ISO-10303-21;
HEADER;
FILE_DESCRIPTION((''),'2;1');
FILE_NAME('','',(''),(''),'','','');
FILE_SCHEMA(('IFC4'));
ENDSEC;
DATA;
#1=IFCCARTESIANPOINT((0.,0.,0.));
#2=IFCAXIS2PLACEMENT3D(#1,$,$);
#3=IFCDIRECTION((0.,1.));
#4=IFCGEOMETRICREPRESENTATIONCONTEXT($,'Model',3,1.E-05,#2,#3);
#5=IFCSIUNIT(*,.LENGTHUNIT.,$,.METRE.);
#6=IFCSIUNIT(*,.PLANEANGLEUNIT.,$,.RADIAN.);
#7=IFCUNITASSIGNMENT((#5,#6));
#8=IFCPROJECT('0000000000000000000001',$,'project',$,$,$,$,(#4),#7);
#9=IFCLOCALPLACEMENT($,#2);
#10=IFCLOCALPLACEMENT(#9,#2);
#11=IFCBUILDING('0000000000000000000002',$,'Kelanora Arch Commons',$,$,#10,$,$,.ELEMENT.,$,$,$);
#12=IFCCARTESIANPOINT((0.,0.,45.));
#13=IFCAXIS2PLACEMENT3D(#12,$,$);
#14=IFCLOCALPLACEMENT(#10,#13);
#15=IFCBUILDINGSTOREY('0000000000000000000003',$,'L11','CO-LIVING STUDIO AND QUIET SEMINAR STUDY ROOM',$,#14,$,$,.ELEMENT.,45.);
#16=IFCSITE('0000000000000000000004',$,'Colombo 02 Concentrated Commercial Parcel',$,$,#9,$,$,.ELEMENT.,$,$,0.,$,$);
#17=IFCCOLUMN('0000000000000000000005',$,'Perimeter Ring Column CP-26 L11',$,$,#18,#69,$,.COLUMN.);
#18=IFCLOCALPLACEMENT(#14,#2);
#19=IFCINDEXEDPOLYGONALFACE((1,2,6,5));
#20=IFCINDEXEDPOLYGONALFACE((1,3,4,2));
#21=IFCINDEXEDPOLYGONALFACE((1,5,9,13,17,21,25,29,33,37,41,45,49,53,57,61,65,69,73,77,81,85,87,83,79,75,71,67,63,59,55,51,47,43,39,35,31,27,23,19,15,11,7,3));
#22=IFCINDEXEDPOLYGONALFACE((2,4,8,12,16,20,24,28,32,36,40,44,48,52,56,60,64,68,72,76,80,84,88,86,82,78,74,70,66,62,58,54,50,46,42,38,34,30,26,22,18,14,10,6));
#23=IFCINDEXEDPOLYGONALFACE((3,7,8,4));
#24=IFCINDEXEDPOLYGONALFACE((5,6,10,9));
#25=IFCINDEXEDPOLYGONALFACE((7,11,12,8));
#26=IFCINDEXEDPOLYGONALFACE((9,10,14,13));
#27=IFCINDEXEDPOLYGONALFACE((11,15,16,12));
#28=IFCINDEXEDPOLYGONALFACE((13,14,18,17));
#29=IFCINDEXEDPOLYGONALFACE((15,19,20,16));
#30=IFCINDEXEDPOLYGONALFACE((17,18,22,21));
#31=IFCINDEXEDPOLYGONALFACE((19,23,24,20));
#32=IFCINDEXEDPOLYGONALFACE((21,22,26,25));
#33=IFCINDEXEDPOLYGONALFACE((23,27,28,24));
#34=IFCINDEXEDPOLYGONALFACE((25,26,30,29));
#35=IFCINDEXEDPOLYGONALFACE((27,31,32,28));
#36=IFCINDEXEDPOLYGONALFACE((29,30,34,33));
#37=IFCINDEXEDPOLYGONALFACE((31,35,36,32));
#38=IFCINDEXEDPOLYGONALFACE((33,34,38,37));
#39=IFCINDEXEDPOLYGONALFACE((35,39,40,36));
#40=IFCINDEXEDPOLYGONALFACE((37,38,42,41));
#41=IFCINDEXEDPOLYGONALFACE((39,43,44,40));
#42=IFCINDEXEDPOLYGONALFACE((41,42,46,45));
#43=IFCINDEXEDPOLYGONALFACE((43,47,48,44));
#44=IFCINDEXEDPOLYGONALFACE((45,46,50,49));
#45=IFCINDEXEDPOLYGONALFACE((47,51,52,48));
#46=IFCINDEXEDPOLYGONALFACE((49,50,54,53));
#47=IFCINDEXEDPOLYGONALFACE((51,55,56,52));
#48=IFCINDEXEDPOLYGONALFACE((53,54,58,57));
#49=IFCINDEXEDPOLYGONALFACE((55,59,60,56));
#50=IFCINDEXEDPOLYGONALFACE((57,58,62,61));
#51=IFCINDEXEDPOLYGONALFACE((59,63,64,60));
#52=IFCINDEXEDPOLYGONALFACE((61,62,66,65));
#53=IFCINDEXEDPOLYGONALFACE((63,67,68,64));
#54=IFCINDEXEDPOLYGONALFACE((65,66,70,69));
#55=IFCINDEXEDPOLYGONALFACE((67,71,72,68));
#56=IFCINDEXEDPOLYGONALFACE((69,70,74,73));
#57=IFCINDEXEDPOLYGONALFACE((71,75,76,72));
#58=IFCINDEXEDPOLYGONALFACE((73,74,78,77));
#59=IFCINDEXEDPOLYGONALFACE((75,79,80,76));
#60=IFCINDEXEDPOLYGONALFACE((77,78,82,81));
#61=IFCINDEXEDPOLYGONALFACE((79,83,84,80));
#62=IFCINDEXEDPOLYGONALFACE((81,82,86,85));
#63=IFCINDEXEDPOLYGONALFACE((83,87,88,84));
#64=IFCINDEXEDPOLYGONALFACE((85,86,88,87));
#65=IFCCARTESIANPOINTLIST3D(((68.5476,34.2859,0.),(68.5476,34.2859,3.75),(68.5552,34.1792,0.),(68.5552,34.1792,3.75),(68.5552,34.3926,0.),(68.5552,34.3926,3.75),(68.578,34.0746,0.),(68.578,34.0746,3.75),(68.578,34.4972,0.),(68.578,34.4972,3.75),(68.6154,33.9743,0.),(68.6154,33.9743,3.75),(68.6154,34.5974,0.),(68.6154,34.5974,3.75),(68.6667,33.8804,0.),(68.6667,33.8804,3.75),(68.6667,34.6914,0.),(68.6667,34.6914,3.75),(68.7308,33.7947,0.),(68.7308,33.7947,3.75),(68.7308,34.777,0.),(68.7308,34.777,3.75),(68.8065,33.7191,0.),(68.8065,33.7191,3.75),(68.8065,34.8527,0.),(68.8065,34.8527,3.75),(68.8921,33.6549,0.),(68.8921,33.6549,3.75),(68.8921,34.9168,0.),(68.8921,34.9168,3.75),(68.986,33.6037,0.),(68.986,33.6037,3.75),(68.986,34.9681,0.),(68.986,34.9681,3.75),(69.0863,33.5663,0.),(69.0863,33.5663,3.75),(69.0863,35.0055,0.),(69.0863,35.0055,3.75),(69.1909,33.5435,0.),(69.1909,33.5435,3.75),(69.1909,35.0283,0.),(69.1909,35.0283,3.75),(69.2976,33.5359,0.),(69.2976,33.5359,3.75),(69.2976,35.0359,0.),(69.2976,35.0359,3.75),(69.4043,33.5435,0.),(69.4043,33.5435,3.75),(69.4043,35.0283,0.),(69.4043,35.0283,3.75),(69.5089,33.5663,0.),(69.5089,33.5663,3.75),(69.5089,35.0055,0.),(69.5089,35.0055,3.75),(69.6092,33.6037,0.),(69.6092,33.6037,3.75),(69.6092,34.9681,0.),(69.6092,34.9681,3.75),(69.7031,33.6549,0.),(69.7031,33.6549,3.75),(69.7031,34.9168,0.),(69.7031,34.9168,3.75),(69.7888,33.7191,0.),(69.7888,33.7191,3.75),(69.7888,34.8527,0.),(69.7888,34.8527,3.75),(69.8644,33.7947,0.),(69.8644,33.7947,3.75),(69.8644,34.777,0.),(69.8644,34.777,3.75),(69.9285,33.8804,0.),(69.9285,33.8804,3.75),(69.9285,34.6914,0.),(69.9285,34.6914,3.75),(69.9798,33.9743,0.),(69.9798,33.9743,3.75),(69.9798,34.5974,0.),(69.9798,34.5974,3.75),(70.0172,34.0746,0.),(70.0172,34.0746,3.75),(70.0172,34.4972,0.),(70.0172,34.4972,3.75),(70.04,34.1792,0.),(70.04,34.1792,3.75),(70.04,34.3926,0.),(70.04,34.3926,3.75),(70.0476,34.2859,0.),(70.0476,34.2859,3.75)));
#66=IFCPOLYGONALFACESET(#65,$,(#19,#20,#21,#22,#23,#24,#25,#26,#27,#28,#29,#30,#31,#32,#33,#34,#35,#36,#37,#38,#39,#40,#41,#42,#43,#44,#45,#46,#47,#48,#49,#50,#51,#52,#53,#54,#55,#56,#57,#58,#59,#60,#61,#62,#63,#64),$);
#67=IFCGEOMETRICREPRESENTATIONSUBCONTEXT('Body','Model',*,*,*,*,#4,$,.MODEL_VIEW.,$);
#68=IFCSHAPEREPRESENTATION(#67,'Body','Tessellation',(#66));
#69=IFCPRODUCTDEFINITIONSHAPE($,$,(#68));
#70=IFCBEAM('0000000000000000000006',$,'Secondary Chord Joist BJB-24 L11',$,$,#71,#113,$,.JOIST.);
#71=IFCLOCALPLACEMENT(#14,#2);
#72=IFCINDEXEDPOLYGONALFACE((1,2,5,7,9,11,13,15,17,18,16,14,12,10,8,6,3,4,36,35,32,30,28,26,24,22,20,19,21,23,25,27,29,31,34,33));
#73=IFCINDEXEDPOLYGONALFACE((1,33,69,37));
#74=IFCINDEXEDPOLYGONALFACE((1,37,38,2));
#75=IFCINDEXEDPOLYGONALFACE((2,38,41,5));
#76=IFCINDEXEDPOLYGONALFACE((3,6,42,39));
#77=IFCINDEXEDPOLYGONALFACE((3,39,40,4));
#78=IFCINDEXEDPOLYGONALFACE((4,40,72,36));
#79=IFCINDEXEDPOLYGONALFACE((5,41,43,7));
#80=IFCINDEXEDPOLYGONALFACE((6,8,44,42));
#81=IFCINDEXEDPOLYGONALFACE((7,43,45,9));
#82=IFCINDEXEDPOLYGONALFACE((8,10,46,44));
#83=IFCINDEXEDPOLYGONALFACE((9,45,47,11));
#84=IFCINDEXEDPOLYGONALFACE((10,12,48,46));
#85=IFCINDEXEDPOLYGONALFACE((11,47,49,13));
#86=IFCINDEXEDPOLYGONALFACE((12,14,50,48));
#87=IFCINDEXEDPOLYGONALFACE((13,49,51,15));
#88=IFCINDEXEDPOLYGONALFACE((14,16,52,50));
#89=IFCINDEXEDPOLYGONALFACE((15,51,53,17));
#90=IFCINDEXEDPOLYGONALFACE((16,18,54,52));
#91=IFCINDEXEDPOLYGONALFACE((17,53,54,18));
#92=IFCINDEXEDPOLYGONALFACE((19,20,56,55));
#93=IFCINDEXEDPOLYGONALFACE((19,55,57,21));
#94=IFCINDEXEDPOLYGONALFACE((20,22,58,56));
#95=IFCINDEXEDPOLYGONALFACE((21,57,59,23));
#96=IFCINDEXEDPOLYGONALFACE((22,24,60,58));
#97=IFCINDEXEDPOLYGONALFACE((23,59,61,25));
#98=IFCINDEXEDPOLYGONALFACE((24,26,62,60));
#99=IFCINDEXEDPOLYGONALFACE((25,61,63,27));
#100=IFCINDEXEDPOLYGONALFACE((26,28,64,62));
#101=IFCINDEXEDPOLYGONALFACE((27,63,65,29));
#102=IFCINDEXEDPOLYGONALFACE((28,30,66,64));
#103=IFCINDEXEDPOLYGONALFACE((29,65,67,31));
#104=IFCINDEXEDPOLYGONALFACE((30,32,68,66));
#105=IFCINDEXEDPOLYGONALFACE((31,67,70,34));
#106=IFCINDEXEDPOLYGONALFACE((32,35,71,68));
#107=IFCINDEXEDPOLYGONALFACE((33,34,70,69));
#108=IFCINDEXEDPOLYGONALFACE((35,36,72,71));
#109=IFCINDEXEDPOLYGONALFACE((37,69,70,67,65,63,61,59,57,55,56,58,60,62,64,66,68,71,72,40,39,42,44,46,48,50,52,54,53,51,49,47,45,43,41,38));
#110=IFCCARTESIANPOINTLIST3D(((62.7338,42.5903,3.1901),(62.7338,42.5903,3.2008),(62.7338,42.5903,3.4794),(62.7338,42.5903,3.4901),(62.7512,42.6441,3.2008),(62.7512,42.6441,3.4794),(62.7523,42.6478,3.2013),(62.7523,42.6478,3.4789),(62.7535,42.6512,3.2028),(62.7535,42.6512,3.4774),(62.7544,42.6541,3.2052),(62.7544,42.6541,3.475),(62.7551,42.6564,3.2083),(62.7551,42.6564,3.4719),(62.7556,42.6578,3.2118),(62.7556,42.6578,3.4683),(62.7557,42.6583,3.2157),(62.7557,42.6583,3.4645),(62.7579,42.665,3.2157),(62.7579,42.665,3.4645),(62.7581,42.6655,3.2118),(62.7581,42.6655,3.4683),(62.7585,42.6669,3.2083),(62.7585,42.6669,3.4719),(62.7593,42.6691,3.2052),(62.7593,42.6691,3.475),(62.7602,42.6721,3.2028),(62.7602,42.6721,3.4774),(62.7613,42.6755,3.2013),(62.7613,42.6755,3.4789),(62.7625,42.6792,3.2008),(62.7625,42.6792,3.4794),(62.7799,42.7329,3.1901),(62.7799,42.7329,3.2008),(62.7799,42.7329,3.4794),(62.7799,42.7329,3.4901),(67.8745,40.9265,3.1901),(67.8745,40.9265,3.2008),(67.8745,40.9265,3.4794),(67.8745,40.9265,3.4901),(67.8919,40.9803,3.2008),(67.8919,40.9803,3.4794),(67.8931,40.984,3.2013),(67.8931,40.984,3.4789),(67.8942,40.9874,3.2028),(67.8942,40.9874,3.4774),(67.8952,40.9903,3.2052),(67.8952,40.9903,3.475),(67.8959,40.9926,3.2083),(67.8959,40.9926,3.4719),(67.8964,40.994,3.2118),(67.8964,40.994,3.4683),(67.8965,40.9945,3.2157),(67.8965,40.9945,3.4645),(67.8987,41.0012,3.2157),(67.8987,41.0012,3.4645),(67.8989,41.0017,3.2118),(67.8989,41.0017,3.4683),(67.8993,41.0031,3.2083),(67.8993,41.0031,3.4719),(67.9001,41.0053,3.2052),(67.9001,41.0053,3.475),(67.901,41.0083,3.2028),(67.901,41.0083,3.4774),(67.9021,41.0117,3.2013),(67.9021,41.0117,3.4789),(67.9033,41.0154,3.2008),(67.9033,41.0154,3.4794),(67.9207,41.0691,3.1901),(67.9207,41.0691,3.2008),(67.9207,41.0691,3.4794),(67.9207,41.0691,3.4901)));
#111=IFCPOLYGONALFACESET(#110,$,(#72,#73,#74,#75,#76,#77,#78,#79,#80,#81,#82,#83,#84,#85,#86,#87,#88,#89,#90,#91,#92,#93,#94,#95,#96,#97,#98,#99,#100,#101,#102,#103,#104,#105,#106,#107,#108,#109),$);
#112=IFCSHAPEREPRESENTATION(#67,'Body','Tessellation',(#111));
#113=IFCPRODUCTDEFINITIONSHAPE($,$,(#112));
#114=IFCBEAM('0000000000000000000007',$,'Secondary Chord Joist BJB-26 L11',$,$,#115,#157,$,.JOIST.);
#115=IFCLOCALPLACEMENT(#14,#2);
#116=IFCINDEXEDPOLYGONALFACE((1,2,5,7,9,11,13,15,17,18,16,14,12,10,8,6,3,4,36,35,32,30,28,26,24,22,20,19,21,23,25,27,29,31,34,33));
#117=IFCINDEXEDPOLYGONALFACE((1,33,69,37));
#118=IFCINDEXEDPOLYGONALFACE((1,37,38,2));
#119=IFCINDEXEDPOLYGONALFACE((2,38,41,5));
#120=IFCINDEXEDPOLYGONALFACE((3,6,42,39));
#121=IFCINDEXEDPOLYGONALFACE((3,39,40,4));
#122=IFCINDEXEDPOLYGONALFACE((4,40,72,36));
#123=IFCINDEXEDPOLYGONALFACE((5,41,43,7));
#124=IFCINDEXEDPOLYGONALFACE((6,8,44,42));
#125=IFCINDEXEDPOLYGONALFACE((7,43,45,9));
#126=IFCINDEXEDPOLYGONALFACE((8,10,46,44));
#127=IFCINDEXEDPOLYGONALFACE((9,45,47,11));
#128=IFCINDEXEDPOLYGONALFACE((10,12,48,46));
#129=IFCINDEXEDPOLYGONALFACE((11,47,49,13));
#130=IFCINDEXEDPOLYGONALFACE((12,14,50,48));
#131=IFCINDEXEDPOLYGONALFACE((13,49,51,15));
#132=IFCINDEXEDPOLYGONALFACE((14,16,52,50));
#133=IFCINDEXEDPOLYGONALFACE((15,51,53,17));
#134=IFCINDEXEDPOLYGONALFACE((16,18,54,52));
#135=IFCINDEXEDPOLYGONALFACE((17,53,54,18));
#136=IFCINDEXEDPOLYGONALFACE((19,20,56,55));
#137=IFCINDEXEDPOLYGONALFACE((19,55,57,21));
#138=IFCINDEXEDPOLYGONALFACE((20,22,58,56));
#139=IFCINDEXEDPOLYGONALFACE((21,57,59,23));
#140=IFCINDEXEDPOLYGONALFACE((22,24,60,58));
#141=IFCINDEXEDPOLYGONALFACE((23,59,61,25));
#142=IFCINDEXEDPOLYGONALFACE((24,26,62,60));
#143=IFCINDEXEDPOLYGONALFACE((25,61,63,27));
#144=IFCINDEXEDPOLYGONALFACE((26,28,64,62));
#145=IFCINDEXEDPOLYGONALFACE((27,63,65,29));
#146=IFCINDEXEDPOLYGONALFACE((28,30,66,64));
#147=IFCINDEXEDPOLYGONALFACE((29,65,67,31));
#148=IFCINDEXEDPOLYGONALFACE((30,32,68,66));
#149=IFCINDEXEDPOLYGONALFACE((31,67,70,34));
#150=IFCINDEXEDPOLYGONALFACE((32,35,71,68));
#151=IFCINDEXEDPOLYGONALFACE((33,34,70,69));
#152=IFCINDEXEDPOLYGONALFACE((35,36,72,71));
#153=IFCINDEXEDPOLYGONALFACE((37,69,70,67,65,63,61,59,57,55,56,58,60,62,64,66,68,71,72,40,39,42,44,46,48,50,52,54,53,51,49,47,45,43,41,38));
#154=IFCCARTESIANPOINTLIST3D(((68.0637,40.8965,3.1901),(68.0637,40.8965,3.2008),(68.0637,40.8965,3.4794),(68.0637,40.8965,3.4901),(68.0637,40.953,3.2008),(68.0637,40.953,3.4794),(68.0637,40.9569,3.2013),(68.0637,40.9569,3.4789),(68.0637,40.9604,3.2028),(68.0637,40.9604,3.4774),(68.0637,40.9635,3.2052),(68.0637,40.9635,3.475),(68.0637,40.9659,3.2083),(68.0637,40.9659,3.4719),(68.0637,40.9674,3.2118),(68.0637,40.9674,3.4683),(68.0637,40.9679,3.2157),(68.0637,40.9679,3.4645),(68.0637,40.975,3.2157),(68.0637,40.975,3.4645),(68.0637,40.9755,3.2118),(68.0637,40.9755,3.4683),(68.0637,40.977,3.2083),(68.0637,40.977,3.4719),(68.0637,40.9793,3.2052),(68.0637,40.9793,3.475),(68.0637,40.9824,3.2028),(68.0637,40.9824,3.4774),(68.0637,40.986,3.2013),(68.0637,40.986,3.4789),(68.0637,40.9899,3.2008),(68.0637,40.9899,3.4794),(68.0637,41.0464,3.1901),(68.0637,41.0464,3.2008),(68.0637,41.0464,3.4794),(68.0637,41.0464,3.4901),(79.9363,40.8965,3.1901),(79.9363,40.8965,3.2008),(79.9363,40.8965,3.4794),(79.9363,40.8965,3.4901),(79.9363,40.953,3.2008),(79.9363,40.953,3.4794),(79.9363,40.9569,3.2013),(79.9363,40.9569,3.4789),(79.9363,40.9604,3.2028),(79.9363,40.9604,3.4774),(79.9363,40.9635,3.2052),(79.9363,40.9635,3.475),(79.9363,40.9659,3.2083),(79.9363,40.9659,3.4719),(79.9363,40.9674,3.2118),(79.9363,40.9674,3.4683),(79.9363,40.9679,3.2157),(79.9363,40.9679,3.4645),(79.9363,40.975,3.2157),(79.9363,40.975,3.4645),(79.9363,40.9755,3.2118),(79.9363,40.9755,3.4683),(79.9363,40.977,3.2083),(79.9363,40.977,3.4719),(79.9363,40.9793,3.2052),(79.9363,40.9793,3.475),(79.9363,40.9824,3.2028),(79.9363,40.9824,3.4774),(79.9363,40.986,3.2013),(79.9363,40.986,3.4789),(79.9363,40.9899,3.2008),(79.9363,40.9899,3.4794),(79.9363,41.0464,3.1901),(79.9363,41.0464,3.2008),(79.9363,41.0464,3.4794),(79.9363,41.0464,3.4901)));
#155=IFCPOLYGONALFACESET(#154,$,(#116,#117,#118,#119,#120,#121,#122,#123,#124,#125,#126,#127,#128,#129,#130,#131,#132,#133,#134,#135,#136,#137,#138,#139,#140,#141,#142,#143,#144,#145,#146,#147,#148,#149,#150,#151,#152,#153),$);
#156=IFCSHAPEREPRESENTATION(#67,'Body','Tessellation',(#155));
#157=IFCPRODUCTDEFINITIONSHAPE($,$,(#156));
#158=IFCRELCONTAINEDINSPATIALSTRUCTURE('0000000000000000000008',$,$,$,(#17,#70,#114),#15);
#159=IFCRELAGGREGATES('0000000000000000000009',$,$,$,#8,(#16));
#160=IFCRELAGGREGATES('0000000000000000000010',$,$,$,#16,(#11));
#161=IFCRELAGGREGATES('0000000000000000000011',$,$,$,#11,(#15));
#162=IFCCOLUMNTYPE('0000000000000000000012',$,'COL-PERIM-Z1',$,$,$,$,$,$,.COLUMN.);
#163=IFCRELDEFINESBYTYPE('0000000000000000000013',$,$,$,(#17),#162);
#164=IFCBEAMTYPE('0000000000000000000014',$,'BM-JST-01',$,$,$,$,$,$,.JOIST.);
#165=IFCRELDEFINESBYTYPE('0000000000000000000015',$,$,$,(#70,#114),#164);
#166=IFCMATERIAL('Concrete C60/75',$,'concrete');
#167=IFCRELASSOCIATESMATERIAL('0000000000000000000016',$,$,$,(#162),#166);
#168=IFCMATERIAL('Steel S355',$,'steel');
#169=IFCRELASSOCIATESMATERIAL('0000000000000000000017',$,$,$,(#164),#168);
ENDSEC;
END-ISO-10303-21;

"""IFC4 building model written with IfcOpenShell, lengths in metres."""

from ifc_helpers import new_model, si_unit, direction, frame, origin, origin_2d, place, context, subcontext, project, spatial, circle, i_section, extrude, material, material_profile, profile_set, type_object, element, save


model = new_model("IFC4")

# Units and contexts
model_context = context("Model", 3, precision=1e-05, world=origin(), true_north=direction((0.0, 1.0)))
body_context = subcontext(model_context, "Body", "Model", "MODEL_VIEW")
ifc_project = project(units=[si_unit("LENGTHUNIT", "METRE"), si_unit("PLANEANGLEUNIT", "RADIAN")], contexts=[model_context])

# Site, building, storey
site_placement = place(None, origin())
site = spatial("IfcSite", under=ifc_project, at=site_placement, Name="Colombo 02 Concentrated Commercial Parcel", CompositionType="ELEMENT", RefElevation=0.0)
building_placement = place(site_placement, origin())
building = spatial("IfcBuilding", under=site, at=building_placement, Name="Kelanora Arch Commons", CompositionType="ELEMENT")
storey_placement = place(building_placement, frame((0.0, 0.0, 45.0)))
storey = spatial("IfcBuildingStorey", under=building, at=storey_placement, Name="L11", Description="CO-LIVING STUDIO AND QUIET SEMINAR STUDY ROOM", CompositionType="ELEMENT", Elevation=45.0)

# Column
ifc_material_1 = material(Name="Concrete C60/75", Category="concrete")
ifc_material_profile_1 = material_profile(ifc_material_1, circle(Radius=0.75, at=origin_2d()), Name="RCC1500")
ifc_profile_set_1 = profile_set([ifc_material_profile_1], Name="Concrete C60/75")
column_type = type_object("IfcColumnType", Name="COL-PERIM-Z1", PredefinedType="COLUMN", material=ifc_profile_set_1)
column_placement = place(storey_placement, frame((69.2976, 34.2859, 0.0), z_axis=(0.0, 0.0, 1.0), x_axis=(1.0, 0.0, 0.0)))
element("IfcColumn", 1, at=column_placement, inside=storey, type_object=column_type, Name="Perimeter Ring Column CP-26 L11", PredefinedType="COLUMN", context=body_context, shape_type="SweptSolid", body=[
    extrude(circle(Radius=0.75, at=origin_2d()), origin(), (0.0, 0.0, 1.0), 3.75),
])

# Beams
ifc_material_2 = material(Name="Steel S355", Category="steel")
ifc_material_profile_2 = material_profile(ifc_material_2, i_section(OverallWidth=0.1499, OverallDepth=0.3, WebThickness=0.0071, FlangeThickness=0.0107, FilletRadius=0.0149, at=origin_2d()), Name="IPE300")
ifc_profile_set_2 = profile_set([ifc_material_profile_2], Name="Steel S355")
beam_type_1 = type_object("IfcBeamType", Name="BM-JST-01", PredefinedType="JOIST", material=ifc_profile_set_2)
beam_1_placement = place(storey_placement, frame((62.7568, 42.6616, 3.3401), z_axis=(0.951412, -0.30792, 0.0), x_axis=(0.30792, 0.951412, 0.0)))
element("IfcBeam", 2, at=beam_1_placement, inside=storey, type_object=beam_type_1, Name="Secondary Chord Joist BJB-24 L11", PredefinedType="JOIST", context=body_context, shape_type="SweptSolid", body=[
    extrude(i_section(OverallWidth=0.1499, OverallDepth=0.3, WebThickness=0.0071, FlangeThickness=0.0107, FilletRadius=0.0149, at=origin_2d()), origin(), (0.0, 0.0, 1.0), 5.4033),
])
beam_2_placement = place(storey_placement, frame((68.0637, 40.9714, 3.3401), z_axis=(1.0, 0.0, 0.0), x_axis=(0.0, 1.0, 0.0)))
element("IfcBeam", 3, at=beam_2_placement, inside=storey, type_object=beam_type_1, Name="Secondary Chord Joist BJB-26 L11", PredefinedType="JOIST", context=body_context, shape_type="SweptSolid", body=[
    extrude(i_section(OverallWidth=0.1499, OverallDepth=0.3, WebThickness=0.0071, FlangeThickness=0.0107, FilletRadius=0.0149, at=origin_2d()), origin(), (0.0, 0.0, 1.0), 11.8726),
])

save(model, "model.ifc")
